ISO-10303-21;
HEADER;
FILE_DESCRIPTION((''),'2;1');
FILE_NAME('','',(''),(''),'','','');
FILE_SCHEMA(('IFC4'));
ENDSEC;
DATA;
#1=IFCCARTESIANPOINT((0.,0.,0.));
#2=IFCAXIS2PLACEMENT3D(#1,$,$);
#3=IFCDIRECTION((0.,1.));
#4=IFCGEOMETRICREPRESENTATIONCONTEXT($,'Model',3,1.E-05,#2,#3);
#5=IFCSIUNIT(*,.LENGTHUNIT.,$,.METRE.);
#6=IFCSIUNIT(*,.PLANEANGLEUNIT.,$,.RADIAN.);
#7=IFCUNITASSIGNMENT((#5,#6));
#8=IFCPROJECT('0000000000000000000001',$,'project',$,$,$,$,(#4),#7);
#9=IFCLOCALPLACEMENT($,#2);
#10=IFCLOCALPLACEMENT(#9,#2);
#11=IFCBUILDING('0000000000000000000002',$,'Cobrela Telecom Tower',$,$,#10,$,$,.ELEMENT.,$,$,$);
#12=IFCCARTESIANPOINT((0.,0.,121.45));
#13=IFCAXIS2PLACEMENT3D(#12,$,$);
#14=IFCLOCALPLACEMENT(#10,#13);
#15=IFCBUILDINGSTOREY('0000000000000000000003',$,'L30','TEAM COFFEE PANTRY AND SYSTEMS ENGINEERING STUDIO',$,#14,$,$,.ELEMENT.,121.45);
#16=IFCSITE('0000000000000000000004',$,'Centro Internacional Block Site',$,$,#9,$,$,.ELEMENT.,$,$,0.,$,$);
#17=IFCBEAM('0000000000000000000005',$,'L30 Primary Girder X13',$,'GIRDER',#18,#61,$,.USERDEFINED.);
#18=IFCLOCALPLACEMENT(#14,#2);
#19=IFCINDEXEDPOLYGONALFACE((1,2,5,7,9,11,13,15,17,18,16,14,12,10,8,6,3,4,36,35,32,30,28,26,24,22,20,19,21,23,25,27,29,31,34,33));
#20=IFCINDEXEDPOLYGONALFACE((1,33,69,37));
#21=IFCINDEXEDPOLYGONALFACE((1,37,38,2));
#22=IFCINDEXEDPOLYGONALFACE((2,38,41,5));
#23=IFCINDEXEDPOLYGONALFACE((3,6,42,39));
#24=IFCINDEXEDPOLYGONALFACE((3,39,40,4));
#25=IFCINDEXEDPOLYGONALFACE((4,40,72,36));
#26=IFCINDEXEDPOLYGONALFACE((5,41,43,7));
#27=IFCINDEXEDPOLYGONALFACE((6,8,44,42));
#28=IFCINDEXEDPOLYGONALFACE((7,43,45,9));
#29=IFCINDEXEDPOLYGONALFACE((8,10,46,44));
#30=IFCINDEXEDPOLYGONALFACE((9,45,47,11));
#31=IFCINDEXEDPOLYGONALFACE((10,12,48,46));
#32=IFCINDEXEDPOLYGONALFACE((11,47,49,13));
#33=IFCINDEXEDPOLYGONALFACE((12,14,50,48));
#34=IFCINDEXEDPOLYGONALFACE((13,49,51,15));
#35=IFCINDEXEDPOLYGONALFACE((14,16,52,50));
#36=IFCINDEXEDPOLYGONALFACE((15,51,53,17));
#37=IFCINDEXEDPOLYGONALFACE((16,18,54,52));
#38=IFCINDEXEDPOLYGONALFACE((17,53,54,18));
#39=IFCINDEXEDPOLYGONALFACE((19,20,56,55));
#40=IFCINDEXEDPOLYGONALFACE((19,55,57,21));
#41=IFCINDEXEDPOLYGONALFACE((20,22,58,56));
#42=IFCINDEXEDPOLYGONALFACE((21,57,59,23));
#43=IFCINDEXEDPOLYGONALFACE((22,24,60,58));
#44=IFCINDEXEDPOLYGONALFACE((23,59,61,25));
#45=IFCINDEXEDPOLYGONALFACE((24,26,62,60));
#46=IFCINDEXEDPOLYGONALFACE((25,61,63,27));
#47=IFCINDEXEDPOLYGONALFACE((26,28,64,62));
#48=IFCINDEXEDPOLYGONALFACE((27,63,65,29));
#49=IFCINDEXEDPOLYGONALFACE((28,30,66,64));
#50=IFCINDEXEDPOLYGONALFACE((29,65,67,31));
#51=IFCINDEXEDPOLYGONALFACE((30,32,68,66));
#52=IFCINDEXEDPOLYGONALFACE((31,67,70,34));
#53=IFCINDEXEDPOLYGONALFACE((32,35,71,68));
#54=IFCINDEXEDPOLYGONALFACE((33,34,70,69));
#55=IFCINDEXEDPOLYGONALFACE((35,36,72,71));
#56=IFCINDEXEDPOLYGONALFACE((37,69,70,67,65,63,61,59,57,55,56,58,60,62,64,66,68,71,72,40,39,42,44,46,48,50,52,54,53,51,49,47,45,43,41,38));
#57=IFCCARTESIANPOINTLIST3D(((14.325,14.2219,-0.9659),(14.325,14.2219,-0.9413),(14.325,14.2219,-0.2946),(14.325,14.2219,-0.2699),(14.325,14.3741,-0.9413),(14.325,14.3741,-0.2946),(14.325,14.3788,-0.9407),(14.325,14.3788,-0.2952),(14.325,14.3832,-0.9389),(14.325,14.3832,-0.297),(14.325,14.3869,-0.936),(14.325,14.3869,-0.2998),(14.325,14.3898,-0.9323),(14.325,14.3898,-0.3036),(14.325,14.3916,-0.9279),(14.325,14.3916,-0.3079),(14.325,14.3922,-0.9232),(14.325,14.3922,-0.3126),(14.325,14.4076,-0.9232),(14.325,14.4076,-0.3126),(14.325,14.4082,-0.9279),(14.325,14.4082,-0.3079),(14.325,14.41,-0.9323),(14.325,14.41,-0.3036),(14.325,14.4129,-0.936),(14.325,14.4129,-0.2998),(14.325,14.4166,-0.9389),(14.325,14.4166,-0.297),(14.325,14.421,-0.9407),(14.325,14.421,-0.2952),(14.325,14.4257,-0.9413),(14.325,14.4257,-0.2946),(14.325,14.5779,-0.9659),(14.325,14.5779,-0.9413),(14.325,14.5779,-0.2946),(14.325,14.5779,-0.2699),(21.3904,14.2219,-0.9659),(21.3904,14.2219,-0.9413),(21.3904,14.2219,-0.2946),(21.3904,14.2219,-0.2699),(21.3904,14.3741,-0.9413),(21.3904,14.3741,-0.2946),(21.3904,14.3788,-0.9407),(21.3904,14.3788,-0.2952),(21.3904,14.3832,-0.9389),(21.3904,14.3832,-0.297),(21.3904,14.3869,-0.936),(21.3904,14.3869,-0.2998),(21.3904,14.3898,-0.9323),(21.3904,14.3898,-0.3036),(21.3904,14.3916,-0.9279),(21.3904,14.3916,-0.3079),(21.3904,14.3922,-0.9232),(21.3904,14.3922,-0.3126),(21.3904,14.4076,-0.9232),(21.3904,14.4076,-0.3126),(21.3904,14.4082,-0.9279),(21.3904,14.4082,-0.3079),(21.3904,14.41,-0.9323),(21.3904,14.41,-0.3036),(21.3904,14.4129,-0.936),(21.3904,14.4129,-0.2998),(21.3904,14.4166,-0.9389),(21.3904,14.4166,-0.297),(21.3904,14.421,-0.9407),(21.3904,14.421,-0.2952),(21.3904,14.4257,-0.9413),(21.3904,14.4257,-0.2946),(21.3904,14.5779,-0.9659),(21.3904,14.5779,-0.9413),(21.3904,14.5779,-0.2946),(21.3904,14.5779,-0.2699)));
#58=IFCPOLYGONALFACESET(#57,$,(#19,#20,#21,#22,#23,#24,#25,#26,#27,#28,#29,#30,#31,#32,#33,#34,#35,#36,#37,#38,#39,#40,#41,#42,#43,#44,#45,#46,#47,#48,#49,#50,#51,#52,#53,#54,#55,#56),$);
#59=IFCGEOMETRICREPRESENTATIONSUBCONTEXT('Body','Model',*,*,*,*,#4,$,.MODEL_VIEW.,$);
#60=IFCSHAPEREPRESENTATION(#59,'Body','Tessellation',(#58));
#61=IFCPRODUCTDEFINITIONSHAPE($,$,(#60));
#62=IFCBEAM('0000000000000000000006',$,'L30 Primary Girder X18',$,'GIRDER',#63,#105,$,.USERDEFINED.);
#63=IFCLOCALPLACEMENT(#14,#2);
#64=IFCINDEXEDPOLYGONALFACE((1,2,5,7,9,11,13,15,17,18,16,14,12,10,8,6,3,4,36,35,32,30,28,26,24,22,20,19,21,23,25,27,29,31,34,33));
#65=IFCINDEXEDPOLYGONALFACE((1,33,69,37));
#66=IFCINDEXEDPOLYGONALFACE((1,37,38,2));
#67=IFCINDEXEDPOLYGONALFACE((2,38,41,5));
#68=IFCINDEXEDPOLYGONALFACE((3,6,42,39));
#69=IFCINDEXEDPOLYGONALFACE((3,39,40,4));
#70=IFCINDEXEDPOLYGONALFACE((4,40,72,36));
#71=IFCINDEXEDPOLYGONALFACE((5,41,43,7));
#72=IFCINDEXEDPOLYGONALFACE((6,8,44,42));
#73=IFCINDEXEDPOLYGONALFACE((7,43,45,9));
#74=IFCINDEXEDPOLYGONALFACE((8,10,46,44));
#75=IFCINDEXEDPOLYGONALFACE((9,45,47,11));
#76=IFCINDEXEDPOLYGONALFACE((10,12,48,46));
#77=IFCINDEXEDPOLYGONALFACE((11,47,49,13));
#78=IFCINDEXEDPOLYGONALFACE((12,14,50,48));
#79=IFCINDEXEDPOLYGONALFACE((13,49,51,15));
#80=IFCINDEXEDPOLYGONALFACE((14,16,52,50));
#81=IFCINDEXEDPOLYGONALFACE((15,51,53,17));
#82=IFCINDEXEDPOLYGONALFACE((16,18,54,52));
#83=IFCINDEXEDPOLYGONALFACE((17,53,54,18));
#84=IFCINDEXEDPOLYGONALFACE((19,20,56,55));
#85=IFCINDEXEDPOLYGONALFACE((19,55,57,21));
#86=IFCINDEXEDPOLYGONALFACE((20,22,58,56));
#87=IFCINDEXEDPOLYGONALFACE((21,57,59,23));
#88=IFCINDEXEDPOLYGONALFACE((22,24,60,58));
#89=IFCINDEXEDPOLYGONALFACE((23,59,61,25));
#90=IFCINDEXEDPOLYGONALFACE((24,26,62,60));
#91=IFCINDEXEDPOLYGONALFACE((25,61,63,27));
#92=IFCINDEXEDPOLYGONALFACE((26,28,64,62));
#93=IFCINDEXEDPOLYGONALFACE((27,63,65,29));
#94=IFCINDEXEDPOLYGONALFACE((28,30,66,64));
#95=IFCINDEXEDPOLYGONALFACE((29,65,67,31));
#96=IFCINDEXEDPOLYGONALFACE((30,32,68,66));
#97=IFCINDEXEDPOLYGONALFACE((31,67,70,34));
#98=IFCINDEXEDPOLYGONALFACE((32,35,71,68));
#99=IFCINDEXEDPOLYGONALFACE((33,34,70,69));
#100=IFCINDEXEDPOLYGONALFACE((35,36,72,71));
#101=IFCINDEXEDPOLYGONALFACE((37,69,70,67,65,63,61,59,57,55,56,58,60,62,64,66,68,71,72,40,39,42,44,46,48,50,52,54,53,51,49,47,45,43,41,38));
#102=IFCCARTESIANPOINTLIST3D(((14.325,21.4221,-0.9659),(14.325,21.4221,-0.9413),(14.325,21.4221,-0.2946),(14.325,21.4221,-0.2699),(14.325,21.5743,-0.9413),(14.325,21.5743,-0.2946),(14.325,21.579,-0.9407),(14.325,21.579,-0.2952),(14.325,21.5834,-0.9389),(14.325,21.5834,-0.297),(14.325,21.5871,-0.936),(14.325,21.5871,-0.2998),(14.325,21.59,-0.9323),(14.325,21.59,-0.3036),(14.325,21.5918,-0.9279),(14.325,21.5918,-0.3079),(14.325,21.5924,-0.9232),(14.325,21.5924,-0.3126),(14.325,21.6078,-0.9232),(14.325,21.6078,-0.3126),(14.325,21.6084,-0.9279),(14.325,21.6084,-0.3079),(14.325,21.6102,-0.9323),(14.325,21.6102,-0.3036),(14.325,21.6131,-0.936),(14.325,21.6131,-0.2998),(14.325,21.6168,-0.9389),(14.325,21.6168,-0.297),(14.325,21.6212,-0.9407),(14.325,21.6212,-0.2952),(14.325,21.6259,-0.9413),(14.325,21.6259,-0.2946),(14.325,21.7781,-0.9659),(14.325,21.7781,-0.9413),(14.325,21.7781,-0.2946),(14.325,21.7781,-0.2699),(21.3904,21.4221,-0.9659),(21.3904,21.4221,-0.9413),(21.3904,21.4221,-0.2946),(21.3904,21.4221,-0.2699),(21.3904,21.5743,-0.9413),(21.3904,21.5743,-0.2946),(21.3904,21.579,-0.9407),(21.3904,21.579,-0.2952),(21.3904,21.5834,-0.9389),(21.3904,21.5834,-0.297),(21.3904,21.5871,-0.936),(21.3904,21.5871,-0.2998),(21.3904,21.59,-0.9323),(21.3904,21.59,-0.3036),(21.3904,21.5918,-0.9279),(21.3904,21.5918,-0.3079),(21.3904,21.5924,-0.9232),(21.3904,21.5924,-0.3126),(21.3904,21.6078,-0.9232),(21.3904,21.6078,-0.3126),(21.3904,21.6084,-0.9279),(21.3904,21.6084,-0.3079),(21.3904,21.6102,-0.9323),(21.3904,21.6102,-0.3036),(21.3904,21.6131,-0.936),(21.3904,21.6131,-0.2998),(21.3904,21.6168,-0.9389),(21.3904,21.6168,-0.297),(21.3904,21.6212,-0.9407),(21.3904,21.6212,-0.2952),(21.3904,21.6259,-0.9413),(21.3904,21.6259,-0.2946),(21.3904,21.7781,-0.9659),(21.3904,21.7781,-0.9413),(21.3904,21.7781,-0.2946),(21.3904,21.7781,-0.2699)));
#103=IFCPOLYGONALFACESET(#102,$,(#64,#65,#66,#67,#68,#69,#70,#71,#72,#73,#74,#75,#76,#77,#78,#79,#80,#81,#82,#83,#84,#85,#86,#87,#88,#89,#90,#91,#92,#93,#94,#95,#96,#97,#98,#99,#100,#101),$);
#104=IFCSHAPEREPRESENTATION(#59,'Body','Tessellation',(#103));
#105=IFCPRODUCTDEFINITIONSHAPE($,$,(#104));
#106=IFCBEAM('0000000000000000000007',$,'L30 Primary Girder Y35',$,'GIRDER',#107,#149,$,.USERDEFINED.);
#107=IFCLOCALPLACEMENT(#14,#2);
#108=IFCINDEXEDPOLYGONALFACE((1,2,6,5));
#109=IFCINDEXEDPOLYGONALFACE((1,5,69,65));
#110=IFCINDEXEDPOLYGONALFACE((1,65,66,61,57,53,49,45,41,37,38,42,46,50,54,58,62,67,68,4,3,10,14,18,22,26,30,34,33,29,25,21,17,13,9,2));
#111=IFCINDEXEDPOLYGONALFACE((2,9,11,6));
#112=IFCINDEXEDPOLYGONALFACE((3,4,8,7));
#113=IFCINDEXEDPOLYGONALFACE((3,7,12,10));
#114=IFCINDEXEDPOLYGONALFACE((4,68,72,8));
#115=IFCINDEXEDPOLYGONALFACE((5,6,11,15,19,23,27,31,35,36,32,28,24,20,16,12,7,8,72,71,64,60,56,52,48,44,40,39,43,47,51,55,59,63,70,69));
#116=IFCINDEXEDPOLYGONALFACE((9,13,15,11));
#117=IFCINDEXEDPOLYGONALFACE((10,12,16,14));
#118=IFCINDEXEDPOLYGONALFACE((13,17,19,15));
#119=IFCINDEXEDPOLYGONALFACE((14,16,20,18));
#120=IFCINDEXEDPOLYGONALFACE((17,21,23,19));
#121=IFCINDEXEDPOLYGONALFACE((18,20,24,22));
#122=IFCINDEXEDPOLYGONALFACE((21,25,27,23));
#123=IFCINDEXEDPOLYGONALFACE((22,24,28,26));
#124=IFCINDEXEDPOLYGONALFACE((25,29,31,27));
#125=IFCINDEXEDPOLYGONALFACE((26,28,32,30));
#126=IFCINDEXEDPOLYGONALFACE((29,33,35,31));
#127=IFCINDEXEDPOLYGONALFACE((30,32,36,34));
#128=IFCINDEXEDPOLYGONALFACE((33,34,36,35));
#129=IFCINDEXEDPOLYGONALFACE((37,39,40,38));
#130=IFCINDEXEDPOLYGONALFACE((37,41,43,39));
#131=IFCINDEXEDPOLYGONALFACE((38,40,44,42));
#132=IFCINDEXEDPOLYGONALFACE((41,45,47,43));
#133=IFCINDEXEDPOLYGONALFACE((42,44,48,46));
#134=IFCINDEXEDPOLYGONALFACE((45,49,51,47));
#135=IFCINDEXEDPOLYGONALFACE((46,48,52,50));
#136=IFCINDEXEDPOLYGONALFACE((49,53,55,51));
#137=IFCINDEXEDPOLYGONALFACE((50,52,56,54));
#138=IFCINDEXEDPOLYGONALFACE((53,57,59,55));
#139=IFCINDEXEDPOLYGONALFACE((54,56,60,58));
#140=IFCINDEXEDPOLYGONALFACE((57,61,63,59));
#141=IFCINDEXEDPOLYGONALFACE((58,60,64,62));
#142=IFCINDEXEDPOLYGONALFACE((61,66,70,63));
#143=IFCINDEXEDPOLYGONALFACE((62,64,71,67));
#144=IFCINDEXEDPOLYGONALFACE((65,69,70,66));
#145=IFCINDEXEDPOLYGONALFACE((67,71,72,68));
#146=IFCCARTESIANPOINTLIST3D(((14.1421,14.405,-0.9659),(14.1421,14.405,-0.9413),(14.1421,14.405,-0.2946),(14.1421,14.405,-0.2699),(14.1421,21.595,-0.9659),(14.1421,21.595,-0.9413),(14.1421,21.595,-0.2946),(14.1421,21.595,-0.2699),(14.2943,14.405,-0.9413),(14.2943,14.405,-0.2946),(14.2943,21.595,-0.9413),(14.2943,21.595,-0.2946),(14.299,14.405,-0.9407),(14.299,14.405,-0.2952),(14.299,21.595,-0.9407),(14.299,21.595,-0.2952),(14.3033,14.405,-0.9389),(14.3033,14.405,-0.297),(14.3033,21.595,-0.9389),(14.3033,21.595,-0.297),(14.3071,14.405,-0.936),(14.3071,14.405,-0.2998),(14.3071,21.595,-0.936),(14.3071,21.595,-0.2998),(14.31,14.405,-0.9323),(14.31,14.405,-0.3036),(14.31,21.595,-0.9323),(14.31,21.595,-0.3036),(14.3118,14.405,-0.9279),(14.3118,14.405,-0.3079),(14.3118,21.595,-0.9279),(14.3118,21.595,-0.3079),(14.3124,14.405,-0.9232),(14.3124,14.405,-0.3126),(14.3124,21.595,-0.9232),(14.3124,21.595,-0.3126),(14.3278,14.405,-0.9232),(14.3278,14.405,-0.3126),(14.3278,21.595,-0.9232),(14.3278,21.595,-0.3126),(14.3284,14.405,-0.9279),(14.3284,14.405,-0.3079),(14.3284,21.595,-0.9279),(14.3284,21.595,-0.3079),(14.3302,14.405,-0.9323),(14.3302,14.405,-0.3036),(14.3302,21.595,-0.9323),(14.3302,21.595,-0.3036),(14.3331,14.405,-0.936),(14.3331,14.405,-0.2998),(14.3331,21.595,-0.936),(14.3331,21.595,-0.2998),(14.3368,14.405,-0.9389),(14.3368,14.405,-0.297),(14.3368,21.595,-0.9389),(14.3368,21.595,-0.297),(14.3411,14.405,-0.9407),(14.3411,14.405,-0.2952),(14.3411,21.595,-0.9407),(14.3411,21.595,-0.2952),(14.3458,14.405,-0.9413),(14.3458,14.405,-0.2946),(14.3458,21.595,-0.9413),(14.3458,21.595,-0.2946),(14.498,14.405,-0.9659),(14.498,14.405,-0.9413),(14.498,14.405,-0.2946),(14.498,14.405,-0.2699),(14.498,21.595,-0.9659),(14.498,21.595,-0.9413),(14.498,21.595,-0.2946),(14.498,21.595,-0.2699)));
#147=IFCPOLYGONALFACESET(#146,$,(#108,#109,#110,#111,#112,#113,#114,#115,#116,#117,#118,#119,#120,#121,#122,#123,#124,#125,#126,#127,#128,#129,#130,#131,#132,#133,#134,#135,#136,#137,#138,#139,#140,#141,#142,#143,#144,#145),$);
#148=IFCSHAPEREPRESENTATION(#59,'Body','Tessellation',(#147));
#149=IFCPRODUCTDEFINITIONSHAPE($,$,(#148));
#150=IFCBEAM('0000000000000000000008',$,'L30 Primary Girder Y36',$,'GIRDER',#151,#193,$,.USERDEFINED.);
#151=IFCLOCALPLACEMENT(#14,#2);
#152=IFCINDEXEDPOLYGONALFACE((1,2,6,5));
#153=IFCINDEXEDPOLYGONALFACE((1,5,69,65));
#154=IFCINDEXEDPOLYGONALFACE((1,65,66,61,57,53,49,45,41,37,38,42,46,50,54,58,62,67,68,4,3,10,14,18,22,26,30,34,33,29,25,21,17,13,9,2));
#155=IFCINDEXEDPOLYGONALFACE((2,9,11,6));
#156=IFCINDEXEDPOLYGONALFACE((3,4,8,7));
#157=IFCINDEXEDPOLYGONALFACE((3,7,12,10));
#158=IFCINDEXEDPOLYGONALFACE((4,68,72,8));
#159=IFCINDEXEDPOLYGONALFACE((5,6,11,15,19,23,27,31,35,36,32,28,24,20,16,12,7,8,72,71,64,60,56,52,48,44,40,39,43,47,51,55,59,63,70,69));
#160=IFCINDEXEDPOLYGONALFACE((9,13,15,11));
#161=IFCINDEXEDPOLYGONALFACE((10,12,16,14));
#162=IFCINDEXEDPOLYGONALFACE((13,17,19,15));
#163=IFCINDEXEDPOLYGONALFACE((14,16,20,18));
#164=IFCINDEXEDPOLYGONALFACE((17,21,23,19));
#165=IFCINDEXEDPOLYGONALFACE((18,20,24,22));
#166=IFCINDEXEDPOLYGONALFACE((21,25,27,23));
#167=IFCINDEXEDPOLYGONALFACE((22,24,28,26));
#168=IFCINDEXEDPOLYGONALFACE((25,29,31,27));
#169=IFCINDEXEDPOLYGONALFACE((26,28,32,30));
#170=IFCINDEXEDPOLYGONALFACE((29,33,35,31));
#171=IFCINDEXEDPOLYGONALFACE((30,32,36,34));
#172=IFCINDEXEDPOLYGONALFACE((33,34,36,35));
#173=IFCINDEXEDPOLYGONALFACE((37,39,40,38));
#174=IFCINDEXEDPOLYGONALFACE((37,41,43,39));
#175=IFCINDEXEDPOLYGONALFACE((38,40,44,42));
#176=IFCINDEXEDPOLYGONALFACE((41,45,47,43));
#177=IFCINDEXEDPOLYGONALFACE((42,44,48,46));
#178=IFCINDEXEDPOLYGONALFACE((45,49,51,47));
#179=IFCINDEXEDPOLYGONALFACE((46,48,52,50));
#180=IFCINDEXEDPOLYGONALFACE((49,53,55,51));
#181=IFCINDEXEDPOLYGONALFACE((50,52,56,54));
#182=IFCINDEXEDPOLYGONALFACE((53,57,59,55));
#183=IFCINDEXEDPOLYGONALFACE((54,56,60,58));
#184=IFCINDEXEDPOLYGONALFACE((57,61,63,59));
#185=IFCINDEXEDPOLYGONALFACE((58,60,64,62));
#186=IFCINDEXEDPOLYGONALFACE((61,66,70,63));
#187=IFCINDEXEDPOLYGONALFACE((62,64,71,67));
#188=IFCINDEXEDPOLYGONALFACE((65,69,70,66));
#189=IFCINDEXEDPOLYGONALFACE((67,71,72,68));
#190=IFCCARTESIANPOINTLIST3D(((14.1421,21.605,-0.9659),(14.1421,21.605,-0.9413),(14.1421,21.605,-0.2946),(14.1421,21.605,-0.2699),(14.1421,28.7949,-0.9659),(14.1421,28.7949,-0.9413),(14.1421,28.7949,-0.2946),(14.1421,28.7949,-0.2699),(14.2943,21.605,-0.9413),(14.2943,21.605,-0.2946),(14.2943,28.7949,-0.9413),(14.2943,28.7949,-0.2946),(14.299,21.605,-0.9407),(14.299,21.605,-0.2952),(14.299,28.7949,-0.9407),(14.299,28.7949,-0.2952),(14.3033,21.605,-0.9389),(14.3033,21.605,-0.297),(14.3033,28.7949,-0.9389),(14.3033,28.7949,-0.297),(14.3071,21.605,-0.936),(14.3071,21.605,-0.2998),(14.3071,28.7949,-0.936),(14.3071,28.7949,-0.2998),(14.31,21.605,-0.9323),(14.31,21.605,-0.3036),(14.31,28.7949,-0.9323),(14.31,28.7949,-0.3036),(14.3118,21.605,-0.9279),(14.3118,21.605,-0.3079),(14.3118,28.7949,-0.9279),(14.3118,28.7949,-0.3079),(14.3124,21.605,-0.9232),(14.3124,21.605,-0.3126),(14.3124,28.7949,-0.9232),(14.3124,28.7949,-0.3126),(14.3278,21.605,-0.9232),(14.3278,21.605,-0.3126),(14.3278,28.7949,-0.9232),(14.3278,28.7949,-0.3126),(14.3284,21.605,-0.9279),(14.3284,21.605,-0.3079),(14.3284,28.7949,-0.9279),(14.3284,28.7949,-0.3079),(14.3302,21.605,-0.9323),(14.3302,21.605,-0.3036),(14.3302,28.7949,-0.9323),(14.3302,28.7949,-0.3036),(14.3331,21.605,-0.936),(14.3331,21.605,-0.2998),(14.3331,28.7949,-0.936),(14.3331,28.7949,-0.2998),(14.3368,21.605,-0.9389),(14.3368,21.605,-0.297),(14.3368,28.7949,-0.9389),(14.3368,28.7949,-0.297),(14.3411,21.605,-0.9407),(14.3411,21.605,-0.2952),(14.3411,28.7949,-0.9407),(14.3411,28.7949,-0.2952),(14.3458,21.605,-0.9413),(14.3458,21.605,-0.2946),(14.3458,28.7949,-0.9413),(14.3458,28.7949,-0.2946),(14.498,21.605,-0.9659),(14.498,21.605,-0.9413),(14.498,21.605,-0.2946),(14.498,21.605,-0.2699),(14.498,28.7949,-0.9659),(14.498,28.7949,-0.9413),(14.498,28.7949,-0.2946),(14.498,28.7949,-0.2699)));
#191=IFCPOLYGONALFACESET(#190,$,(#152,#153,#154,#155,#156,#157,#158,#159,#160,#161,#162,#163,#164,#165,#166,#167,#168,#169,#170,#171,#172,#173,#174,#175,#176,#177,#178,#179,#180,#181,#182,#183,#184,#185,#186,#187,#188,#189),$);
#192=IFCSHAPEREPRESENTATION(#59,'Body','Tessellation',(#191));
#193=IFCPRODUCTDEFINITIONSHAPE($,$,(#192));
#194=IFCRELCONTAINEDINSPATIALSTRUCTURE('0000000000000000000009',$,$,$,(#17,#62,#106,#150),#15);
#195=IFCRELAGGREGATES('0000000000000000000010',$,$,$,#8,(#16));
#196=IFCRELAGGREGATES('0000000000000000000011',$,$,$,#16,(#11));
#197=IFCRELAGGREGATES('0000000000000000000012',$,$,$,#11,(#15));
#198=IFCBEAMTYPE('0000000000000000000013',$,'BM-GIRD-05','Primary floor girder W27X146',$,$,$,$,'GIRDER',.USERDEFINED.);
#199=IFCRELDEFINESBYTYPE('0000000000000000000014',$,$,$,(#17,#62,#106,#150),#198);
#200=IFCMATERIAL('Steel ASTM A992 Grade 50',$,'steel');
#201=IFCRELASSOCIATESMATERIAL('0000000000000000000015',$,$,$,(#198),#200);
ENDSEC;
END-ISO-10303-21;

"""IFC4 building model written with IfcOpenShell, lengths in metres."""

from ifc_helpers import new_model, si_unit, direction, frame, origin, origin_2d, place, context, subcontext, project, spatial, i_section, extrude, material, material_profile, profile_set, type_object, element, save


model = new_model("IFC4")

# Units and contexts
model_context = context("Model", 3, precision=1e-05, world=origin(), true_north=direction((0.0, 1.0)))
body_context = subcontext(model_context, "Body", "Model", "MODEL_VIEW")
ifc_project = project(units=[si_unit("LENGTHUNIT", "METRE"), si_unit("PLANEANGLEUNIT", "RADIAN")], contexts=[model_context])

# Site, building, storey
site_placement = place(None, origin())
site = spatial("IfcSite", under=ifc_project, at=site_placement, Name="Centro Internacional Block Site", CompositionType="ELEMENT", RefElevation=0.0)
building_placement = place(site_placement, origin())
building = spatial("IfcBuilding", under=site, at=building_placement, Name="Cobrela Telecom Tower", CompositionType="ELEMENT")
storey_placement = place(building_placement, frame((0.0, 0.0, 121.45)))
storey = spatial("IfcBuildingStorey", under=building, at=storey_placement, Name="L30", Description="TEAM COFFEE PANTRY AND SYSTEMS ENGINEERING STUDIO", CompositionType="ELEMENT", Elevation=121.45)

# Beams
ifc_material_1 = material(Name="Steel ASTM A992 Grade 50", Category="steel")
ifc_material_profile_1 = material_profile(ifc_material_1, i_section(OverallWidth=0.356, OverallDepth=0.696, WebThickness=0.0154, FlangeThickness=0.0247, FilletRadius=0.0181, at=origin_2d()), Name="W27X146")
ifc_profile_set_1 = profile_set([ifc_material_profile_1], Name="Steel ASTM A992 Grade 50")
beam_type_1 = type_object("IfcBeamType", Name="BM-GIRD-05", Description="Primary floor girder W27X146", ElementType="GIRDER", PredefinedType="USERDEFINED", material=ifc_profile_set_1)
for number, where, z_axis, x_axis, name in (
    (1, (14.325, 14.3999, -0.6179), (1.0, 0.0, 0.0), (0.0, 1.0, 0.0), "L30 Primary Girder X13"),
    (2, (14.325, 21.6001, -0.6179), (1.0, 0.0, 0.0), (0.0, 1.0, 0.0), "L30 Primary Girder X18"),
):
    element("IfcBeam", number, at=place(storey_placement, frame(where, z_axis=z_axis, x_axis=x_axis)), inside=storey, type_object=beam_type_1, Name=name, ObjectType="GIRDER", PredefinedType="USERDEFINED", context=body_context, shape_type="SweptSolid", body=[
        extrude(i_section(OverallWidth=0.356, OverallDepth=0.696, WebThickness=0.0154, FlangeThickness=0.0247, FilletRadius=0.0181, at=origin_2d()), origin(), (0.0, 0.0, 1.0), 7.0654),
    ])
for number, where, z_axis, x_axis, name in (
    (3, (14.3201, 14.405, -0.6179), (0.0, 1.0, 0.0), (-1.0, 0.0, 0.0), "L30 Primary Girder Y35"),
    (4, (14.3201, 21.605, -0.6179), (0.0, 1.0, 0.0), (-1.0, 0.0, 0.0), "L30 Primary Girder Y36"),
):
    element("IfcBeam", number, at=place(storey_placement, frame(where, z_axis=z_axis, x_axis=x_axis)), inside=storey, type_object=beam_type_1, Name=name, ObjectType="GIRDER", PredefinedType="USERDEFINED", context=body_context, shape_type="SweptSolid", body=[
        extrude(i_section(OverallWidth=0.356, OverallDepth=0.696, WebThickness=0.0154, FlangeThickness=0.0247, FilletRadius=0.0181, at=origin_2d()), origin(), (0.0, 0.0, 1.0), 7.1899),
    ])

save(model, "model.ifc")
